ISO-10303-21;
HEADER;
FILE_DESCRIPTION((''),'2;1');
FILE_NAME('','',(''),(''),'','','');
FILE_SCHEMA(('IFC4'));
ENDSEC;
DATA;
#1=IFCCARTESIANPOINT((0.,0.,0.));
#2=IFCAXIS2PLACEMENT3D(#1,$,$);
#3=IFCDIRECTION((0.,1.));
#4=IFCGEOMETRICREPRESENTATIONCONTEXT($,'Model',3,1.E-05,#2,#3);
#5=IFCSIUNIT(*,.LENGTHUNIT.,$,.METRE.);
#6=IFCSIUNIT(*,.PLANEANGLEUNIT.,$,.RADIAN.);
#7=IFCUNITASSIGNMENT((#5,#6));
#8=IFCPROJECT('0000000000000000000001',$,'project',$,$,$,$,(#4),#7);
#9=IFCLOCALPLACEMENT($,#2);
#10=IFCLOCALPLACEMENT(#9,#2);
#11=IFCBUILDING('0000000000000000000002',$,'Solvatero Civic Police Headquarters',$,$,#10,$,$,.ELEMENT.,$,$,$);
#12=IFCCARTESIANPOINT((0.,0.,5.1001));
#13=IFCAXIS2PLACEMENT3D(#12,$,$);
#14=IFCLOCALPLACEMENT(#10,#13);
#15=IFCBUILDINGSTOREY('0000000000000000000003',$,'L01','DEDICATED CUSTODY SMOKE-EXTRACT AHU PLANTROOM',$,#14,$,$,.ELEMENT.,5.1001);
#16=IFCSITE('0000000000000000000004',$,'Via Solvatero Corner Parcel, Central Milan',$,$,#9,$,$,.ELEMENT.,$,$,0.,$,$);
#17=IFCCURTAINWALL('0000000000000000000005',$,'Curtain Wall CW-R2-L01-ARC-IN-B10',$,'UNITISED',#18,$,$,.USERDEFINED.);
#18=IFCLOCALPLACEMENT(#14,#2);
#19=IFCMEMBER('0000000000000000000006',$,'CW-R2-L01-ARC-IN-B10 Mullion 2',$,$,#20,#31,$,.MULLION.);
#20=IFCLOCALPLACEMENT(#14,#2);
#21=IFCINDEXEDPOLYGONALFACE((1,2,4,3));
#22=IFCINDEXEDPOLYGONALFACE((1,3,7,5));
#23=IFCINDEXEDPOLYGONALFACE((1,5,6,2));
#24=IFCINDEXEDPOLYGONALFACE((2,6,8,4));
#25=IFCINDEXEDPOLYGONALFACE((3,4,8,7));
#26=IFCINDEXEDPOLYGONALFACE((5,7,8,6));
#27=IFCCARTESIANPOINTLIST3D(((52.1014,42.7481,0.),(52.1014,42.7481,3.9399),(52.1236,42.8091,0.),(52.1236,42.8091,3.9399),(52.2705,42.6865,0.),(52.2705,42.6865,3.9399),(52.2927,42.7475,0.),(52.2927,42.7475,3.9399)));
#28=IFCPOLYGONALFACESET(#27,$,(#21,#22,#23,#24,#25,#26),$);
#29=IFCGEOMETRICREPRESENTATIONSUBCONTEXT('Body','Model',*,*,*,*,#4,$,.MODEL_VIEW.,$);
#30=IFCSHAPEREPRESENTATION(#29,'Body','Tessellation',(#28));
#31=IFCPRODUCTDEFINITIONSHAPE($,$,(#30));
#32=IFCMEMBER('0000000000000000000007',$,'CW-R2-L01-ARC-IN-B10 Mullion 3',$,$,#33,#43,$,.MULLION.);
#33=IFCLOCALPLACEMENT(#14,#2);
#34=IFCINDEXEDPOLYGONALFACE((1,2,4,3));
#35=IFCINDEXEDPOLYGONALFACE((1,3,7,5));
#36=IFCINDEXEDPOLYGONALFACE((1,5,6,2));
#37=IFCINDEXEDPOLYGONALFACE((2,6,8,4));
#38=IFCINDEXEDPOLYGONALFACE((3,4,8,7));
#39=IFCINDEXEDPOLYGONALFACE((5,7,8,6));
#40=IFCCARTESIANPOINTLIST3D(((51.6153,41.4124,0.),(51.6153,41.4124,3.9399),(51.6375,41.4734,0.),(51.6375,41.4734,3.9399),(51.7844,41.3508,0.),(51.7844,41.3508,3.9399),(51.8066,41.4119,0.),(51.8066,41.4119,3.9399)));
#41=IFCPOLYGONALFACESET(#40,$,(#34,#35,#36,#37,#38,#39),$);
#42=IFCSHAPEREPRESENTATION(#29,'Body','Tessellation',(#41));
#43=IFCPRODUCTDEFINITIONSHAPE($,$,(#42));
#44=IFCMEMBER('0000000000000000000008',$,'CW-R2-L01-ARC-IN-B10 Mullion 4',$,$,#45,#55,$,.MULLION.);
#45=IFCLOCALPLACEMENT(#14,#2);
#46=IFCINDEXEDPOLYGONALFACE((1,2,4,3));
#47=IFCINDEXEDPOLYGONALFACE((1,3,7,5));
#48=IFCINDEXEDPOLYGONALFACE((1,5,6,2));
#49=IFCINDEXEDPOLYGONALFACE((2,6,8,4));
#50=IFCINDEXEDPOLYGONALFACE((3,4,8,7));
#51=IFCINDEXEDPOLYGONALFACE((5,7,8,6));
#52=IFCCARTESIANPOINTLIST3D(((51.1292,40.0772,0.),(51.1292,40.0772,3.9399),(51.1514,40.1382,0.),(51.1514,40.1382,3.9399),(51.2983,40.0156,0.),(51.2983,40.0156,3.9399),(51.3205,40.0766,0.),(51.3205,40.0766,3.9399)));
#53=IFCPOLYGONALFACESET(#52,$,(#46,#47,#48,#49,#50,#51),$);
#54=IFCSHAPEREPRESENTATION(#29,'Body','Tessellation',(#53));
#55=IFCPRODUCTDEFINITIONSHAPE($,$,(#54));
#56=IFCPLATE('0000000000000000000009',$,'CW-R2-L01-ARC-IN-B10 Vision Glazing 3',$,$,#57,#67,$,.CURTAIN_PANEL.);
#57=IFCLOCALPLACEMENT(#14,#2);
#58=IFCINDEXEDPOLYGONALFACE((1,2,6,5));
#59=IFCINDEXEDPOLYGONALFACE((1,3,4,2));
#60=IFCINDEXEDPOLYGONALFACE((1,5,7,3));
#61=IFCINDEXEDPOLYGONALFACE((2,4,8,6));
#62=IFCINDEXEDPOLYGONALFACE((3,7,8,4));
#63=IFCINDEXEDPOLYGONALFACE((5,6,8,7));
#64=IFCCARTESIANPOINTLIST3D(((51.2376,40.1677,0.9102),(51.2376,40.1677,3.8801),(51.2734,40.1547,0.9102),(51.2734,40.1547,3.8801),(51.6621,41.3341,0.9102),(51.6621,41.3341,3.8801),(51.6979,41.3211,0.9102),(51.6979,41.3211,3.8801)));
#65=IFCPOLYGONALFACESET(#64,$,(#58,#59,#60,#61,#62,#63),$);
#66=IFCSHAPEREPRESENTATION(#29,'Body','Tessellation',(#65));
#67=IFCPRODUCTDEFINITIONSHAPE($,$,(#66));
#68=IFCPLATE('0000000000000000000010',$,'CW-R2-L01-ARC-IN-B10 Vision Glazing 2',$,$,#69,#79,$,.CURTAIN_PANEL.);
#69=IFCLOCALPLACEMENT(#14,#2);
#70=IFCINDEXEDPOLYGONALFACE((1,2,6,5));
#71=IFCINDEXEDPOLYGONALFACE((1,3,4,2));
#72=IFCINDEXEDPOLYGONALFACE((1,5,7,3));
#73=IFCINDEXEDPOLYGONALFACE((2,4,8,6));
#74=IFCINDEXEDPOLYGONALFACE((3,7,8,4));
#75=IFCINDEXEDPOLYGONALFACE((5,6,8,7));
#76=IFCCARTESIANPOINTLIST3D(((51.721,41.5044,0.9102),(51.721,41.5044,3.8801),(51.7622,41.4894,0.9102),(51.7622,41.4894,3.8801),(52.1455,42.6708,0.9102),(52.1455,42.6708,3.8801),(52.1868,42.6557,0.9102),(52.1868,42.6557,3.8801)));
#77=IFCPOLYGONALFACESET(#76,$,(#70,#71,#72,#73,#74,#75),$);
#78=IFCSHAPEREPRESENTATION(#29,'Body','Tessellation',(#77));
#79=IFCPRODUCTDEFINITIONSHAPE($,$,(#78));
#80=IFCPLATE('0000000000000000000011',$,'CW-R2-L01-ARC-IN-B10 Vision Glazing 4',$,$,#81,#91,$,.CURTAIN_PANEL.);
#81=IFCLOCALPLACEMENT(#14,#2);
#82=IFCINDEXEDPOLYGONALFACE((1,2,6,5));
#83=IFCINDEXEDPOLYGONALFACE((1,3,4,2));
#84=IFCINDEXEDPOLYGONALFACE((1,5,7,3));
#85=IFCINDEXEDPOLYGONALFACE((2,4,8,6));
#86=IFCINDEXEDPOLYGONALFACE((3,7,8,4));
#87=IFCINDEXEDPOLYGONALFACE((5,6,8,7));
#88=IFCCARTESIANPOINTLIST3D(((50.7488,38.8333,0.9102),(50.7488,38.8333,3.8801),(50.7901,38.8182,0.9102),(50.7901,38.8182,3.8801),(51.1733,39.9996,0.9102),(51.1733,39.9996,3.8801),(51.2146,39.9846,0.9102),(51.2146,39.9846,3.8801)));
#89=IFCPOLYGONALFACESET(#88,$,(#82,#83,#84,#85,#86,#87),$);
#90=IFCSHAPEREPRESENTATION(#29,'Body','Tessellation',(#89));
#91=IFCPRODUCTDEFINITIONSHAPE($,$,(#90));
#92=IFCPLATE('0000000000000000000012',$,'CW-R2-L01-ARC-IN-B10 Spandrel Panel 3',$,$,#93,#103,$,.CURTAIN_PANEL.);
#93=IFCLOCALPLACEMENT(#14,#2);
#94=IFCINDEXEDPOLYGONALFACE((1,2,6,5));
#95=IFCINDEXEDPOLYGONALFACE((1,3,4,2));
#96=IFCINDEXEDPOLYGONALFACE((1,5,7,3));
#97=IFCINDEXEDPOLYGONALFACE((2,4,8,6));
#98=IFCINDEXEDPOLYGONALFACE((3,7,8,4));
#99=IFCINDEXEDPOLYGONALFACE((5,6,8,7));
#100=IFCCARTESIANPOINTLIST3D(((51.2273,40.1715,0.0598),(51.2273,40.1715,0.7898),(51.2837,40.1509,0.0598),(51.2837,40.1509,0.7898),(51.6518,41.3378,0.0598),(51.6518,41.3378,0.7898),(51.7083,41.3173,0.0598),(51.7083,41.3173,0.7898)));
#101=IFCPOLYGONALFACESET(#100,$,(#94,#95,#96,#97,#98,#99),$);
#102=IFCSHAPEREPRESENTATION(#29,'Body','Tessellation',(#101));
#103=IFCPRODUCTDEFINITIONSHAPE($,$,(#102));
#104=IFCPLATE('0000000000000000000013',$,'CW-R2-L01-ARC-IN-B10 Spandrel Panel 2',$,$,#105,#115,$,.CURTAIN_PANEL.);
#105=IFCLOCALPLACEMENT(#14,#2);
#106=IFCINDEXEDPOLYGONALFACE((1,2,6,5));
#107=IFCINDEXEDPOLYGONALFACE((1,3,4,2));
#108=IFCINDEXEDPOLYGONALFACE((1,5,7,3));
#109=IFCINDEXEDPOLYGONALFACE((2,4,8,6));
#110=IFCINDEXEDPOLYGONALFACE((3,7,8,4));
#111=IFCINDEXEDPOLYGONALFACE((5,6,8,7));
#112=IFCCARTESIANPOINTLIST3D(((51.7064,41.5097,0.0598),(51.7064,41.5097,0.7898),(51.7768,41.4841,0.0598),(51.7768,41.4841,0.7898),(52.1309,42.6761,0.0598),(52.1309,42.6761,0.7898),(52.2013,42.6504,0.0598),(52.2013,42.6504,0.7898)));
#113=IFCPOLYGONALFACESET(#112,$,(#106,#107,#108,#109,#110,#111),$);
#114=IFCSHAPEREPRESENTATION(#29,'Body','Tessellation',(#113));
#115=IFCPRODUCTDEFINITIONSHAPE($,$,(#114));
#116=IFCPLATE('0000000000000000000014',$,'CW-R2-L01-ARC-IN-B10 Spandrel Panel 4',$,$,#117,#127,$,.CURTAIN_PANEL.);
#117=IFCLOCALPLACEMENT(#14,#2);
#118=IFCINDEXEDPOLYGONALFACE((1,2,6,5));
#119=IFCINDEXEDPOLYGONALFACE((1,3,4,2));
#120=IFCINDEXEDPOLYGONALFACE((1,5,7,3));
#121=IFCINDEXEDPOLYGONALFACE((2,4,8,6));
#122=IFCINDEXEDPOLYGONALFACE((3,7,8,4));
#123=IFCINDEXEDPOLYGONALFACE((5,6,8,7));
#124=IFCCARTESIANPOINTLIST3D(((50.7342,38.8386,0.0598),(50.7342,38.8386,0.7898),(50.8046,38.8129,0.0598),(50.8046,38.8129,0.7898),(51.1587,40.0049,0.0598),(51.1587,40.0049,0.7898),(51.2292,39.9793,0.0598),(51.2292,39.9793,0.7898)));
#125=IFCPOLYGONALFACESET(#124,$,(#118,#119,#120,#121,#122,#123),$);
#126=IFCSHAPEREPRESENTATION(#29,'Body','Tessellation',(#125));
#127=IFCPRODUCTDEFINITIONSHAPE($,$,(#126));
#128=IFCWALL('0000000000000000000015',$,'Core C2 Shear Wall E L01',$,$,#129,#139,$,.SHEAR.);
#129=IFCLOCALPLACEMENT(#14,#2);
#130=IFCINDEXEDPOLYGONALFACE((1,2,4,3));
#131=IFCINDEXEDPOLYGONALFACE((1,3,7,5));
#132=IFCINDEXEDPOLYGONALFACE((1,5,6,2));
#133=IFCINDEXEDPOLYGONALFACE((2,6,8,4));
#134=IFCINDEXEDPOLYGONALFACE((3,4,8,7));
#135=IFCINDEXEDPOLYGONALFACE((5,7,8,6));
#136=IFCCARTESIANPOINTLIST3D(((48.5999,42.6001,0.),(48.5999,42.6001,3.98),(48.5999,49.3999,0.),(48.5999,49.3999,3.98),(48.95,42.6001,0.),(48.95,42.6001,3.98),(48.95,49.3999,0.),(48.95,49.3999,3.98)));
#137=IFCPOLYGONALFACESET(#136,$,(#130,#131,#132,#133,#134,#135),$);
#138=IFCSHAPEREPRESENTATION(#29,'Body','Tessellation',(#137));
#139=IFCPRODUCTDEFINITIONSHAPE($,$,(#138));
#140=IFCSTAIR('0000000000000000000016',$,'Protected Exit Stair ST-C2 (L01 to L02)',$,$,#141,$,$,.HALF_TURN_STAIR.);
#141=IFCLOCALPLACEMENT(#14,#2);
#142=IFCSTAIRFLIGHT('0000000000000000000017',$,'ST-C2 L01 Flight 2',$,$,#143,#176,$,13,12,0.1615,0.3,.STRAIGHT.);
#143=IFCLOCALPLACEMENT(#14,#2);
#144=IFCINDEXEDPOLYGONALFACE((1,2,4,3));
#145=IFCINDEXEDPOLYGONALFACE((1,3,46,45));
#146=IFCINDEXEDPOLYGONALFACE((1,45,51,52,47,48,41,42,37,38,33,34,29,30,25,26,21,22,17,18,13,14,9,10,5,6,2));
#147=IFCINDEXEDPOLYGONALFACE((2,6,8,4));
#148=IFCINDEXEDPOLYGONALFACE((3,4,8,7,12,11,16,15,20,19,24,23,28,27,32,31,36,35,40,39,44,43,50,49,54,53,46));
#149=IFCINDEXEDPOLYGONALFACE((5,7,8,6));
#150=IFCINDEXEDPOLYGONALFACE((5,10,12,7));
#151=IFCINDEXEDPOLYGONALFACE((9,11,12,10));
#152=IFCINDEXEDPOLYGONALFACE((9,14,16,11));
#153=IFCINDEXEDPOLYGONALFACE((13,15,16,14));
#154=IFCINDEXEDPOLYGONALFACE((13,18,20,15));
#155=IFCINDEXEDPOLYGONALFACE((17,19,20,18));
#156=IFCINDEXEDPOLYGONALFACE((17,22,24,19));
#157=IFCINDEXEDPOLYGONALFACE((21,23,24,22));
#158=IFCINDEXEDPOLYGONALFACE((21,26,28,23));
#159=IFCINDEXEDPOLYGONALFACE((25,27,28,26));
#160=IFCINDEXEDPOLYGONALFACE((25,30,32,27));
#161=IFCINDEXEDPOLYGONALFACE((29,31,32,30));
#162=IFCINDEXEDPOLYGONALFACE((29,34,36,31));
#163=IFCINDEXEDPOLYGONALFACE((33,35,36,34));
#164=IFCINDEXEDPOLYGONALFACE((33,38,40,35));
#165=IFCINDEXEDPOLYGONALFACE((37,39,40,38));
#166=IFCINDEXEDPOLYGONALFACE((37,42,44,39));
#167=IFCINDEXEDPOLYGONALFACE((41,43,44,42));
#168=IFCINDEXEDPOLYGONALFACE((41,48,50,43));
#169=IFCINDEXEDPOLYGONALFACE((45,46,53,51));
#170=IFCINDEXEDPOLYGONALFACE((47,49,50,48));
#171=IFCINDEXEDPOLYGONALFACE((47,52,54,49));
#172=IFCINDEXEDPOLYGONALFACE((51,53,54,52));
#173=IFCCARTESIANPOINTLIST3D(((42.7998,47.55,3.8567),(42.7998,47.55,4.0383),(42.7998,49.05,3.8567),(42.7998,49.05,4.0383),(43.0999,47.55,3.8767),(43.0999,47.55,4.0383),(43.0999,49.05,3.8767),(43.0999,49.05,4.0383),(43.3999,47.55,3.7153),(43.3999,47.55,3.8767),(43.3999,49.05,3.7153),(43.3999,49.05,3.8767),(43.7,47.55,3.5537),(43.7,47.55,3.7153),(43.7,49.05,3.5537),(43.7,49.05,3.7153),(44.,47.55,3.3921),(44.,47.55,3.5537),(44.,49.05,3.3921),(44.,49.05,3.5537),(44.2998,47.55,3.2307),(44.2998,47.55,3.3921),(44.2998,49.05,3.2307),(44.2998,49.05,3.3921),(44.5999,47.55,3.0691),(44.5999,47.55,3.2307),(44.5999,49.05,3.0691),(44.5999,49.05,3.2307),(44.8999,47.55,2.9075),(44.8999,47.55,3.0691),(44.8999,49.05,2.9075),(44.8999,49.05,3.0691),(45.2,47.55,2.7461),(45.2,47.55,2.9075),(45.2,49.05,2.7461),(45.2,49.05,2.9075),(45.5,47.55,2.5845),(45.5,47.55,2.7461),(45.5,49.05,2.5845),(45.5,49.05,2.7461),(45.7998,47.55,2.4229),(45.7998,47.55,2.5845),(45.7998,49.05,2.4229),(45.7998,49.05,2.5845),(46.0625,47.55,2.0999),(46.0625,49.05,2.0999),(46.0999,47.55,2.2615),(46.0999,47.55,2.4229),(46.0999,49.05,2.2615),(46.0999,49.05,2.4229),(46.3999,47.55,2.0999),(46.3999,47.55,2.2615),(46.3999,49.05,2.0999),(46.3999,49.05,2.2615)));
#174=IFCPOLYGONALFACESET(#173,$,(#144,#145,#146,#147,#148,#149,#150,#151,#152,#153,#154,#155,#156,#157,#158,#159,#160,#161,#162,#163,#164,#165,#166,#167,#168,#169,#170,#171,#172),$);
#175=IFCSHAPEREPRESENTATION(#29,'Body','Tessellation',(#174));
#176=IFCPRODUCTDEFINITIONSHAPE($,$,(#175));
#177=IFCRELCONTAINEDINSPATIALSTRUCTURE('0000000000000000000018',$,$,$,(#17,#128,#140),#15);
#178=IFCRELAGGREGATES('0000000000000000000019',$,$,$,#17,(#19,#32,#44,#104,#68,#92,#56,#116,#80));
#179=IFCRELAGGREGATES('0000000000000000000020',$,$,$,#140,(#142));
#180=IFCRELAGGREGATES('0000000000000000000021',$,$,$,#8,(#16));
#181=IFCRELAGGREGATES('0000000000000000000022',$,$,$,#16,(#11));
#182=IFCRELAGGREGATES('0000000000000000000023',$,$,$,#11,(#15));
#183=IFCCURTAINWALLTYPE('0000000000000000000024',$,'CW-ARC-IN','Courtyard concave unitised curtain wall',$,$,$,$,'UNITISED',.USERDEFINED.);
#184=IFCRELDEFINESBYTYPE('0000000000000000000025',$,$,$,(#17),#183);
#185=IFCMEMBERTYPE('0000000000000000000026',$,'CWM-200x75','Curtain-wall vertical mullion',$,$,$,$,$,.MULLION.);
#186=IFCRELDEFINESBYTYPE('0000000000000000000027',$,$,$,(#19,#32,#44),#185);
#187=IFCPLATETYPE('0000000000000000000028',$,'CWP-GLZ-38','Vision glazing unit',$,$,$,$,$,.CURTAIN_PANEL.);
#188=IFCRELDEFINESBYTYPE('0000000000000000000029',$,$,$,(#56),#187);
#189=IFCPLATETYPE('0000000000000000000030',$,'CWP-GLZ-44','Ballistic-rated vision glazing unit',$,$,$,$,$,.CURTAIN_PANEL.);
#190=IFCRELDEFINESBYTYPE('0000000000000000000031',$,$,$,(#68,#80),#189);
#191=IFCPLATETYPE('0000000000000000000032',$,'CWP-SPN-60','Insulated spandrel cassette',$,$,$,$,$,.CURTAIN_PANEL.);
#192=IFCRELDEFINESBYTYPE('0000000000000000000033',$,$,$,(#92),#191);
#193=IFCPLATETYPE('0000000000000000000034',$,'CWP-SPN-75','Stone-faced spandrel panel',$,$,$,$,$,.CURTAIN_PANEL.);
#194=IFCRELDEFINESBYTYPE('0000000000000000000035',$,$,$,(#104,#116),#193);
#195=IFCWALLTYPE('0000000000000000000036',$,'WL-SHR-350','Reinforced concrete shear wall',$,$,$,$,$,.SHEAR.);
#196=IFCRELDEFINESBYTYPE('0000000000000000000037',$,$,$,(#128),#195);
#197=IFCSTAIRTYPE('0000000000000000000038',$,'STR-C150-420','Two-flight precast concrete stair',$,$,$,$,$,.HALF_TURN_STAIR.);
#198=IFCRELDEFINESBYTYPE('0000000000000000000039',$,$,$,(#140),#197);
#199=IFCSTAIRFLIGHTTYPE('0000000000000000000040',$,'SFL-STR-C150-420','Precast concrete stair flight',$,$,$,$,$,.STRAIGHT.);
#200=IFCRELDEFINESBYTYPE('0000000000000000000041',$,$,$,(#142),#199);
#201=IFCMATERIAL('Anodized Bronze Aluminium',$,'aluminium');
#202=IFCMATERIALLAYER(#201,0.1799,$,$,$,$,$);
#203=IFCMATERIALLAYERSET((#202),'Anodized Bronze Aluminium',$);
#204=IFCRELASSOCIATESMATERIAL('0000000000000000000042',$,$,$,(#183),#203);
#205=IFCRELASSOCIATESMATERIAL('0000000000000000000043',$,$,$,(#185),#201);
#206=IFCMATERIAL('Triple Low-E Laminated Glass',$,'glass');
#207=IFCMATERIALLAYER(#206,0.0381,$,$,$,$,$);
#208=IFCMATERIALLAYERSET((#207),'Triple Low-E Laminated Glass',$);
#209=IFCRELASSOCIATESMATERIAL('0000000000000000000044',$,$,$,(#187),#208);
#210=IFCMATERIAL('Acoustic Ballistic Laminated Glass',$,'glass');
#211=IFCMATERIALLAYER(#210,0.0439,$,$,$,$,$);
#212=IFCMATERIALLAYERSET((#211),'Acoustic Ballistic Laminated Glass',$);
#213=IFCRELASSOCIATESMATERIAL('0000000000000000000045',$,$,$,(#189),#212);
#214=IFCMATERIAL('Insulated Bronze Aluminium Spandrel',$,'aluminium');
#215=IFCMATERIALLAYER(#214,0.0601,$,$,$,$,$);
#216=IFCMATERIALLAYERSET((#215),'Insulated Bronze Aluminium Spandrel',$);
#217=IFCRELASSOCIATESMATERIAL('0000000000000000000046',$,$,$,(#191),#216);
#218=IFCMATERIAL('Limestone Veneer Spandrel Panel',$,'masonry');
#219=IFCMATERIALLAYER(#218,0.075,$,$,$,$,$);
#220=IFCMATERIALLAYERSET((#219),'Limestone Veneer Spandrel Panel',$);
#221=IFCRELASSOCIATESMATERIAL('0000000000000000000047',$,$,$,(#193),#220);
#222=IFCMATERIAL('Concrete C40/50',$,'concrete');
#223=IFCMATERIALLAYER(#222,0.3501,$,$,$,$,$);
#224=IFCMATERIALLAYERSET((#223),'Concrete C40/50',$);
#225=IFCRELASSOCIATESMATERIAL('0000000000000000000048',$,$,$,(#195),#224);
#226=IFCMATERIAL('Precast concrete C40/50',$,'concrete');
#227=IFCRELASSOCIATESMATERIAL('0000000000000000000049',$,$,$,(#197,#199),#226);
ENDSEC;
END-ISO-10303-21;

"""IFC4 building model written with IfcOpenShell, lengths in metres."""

from ifc_helpers import new_model, si_unit, direction, frame, frame_2d, origin, origin_2d, place, context, subcontext, project, spatial, polyline, rectangle, outline, extrude, material, layer, layer_set, material_profile, profile_set, type_object, element, aggregate, save


model = new_model("IFC4")

# Units and contexts
model_context = context("Model", 3, precision=1e-05, world=origin(), true_north=direction((0.0, 1.0)))
body_context = subcontext(model_context, "Body", "Model", "MODEL_VIEW")
ifc_project = project(units=[si_unit("LENGTHUNIT", "METRE"), si_unit("PLANEANGLEUNIT", "RADIAN")], contexts=[model_context])

# Site, building, storey
site_placement = place(None, origin())
site = spatial("IfcSite", under=ifc_project, at=site_placement, Name="Via Solvatero Corner Parcel, Central Milan", CompositionType="ELEMENT", RefElevation=0.0)
building_placement = place(site_placement, origin())
building = spatial("IfcBuilding", under=site, at=building_placement, Name="Solvatero Civic Police Headquarters", CompositionType="ELEMENT")
storey_placement = place(building_placement, frame((0.0, 0.0, 5.1001)))
storey = spatial("IfcBuildingStorey", under=building, at=storey_placement, Name="L01", Description="DEDICATED CUSTODY SMOKE-EXTRACT AHU PLANTROOM", CompositionType="ELEMENT", Elevation=5.1001)

# Curtain wall, members, plates
ifc_material_1 = material(Name="Anodized Bronze Aluminium", Category="aluminium")
ifc_layer_1 = layer(ifc_material_1, 0.1799)
ifc_layer_set_1 = layer_set([ifc_layer_1], Name="Anodized Bronze Aluminium")
curtain_wall_type = type_object("IfcCurtainWallType", Name="CW-ARC-IN", Description="Courtyard concave unitised curtain wall", ElementType="UNITISED", PredefinedType="USERDEFINED", material=ifc_layer_set_1)
curtain_wall_placement = place(storey_placement, origin())
curtain_wall = element("IfcCurtainWall", 1, at=curtain_wall_placement, inside=storey, type_object=curtain_wall_type, Name="Curtain Wall CW-R2-L01-ARC-IN-B10", ObjectType="UNITISED", PredefinedType="USERDEFINED")
ifc_material_profile = material_profile(ifc_material_1, rectangle(XDim=0.0649, YDim=0.1799, at=origin_2d()), Name="ALU MULLION 65x180")
ifc_profile_set = profile_set([ifc_material_profile], Name="Anodized Bronze Aluminium")
member_type = type_object("IfcMemberType", Name="CWM-200x75", Description="Curtain-wall vertical mullion", PredefinedType="MULLION", material=ifc_profile_set)
member_1_placement = place(storey_placement, frame((52.197, 42.7478, 0.0), z_axis=(0.0, 0.0, 1.0), x_axis=(-0.34202, -0.939693, 0.0)))
member_1 = element("IfcMember", 2, at=member_1_placement, type_object=member_type, Name="CW-R2-L01-ARC-IN-B10 Mullion 2", PredefinedType="MULLION", context=body_context, shape_type="SweptSolid", body=[
    extrude(rectangle(XDim=0.0649, YDim=0.1799, at=origin_2d()), origin(), (0.0, 0.0, 1.0), 3.9399),
])
member_2_placement = place(storey_placement, frame((51.7109, 41.4121, 0.0), z_axis=(0.0, 0.0, 1.0), x_axis=(-0.34202, -0.939693, 0.0)))
member_2 = element("IfcMember", 3, at=member_2_placement, type_object=member_type, Name="CW-R2-L01-ARC-IN-B10 Mullion 3", PredefinedType="MULLION", context=body_context, shape_type="SweptSolid", body=[
    extrude(rectangle(XDim=0.0649, YDim=0.1799, at=origin_2d()), origin(), (0.0, 0.0, 1.0), 3.9399),
])
member_3_placement = place(storey_placement, frame((51.2249, 40.0769, 0.0), z_axis=(0.0, 0.0, 1.0), x_axis=(-0.34202, -0.939693, 0.0)))
member_3 = element("IfcMember", 4, at=member_3_placement, type_object=member_type, Name="CW-R2-L01-ARC-IN-B10 Mullion 4", PredefinedType="MULLION", context=body_context, shape_type="SweptSolid", body=[
    extrude(rectangle(XDim=0.0649, YDim=0.1799, at=origin_2d()), origin(), (0.0, 0.0, 1.0), 3.9399),
])
ifc_material_2 = material(Name="Triple Low-E Laminated Glass", Category="glass")
ifc_layer_2 = layer(ifc_material_2, 0.0381)
ifc_layer_set_2 = layer_set([ifc_layer_2], Name="Triple Low-E Laminated Glass")
plate_type_1 = type_object("IfcPlateType", Name="CWP-GLZ-38", Description="Vision glazing unit", PredefinedType="CURTAIN_PANEL", material=ifc_layer_set_2)
plate_1_placement = place(storey_placement, frame((51.4678, 40.7444, 0.9102), z_axis=(0.0, 0.0, 1.0), x_axis=(-0.34202, -0.939693, 0.0)))
plate_1 = element("IfcPlate", 5, at=plate_1_placement, type_object=plate_type_1, Name="CW-R2-L01-ARC-IN-B10 Vision Glazing 3", PredefinedType="CURTAIN_PANEL", context=body_context, shape_type="SweptSolid", body=[
    extrude(rectangle(XDim=1.2412, YDim=0.0381, at=origin_2d()), origin(), (0.0, 0.0, 1.0), 2.97),
])
ifc_material_3 = material(Name="Acoustic Ballistic Laminated Glass", Category="glass")
ifc_layer_3 = layer(ifc_material_3, 0.0439)
ifc_layer_set_3 = layer_set([ifc_layer_3], Name="Acoustic Ballistic Laminated Glass")
plate_type_2 = type_object("IfcPlateType", Name="CWP-GLZ-44", Description="Ballistic-rated vision glazing unit", PredefinedType="CURTAIN_PANEL", material=ifc_layer_set_3)
plate_2_placement = place(storey_placement, frame((51.9539, 42.0801, 0.9102), z_axis=(0.0, 0.0, 1.0), x_axis=(-0.34202, -0.939693, 0.0)))
plate_2 = element("IfcPlate", 6, at=plate_2_placement, type_object=plate_type_2, Name="CW-R2-L01-ARC-IN-B10 Vision Glazing 2", PredefinedType="CURTAIN_PANEL", context=body_context, shape_type="SweptSolid", body=[
    extrude(rectangle(XDim=1.2412, YDim=0.0439, at=origin_2d()), origin(), (0.0, 0.0, 1.0), 2.97),
])
plate_3_placement = place(storey_placement, frame((50.9817, 39.4089, 0.9102), z_axis=(0.0, 0.0, 1.0), x_axis=(-0.34202, -0.939693, 0.0)))
plate_3 = element("IfcPlate", 7, at=plate_3_placement, type_object=plate_type_2, Name="CW-R2-L01-ARC-IN-B10 Vision Glazing 4", PredefinedType="CURTAIN_PANEL", context=body_context, shape_type="SweptSolid", body=[
    extrude(rectangle(XDim=1.2412, YDim=0.0439, at=origin_2d()), origin(), (0.0, 0.0, 1.0), 2.97),
])
ifc_material_4 = material(Name="Insulated Bronze Aluminium Spandrel", Category="aluminium")
ifc_layer_4 = layer(ifc_material_4, 0.0601)
ifc_layer_set_4 = layer_set([ifc_layer_4], Name="Insulated Bronze Aluminium Spandrel")
plate_type_3 = type_object("IfcPlateType", Name="CWP-SPN-60", Description="Insulated spandrel cassette", PredefinedType="CURTAIN_PANEL", material=ifc_layer_set_4)
plate_4_placement = place(storey_placement, frame((51.4678, 40.7444, 0.0598), z_axis=(0.0, 0.0, 1.0), x_axis=(-0.34202, -0.939693, 0.0)))
plate_4 = element("IfcPlate", 8, at=plate_4_placement, type_object=plate_type_3, Name="CW-R2-L01-ARC-IN-B10 Spandrel Panel 3", PredefinedType="CURTAIN_PANEL", context=body_context, shape_type="SweptSolid", body=[
    extrude(rectangle(XDim=1.2412, YDim=0.0601, at=origin_2d()), origin(), (0.0, 0.0, 1.0), 0.73),
])
ifc_material_5 = material(Name="Limestone Veneer Spandrel Panel", Category="masonry")
ifc_layer_5 = layer(ifc_material_5, 0.075)
ifc_layer_set_5 = layer_set([ifc_layer_5], Name="Limestone Veneer Spandrel Panel")
plate_type_4 = type_object("IfcPlateType", Name="CWP-SPN-75", Description="Stone-faced spandrel panel", PredefinedType="CURTAIN_PANEL", material=ifc_layer_set_5)
plate_5_placement = place(storey_placement, frame((51.9539, 42.0801, 0.0598), z_axis=(0.0, 0.0, 1.0), x_axis=(-0.34202, -0.939693, 0.0)))
plate_5 = element("IfcPlate", 9, at=plate_5_placement, type_object=plate_type_4, Name="CW-R2-L01-ARC-IN-B10 Spandrel Panel 2", PredefinedType="CURTAIN_PANEL", context=body_context, shape_type="SweptSolid", body=[
    extrude(rectangle(XDim=1.2412, YDim=0.075, at=origin_2d()), origin(), (0.0, 0.0, 1.0), 0.73),
])
plate_6_placement = place(storey_placement, frame((50.9817, 39.4089, 0.0598), z_axis=(0.0, 0.0, 1.0), x_axis=(-0.34202, -0.939693, 0.0)))
plate_6 = element("IfcPlate", 10, at=plate_6_placement, type_object=plate_type_4, Name="CW-R2-L01-ARC-IN-B10 Spandrel Panel 4", PredefinedType="CURTAIN_PANEL", context=body_context, shape_type="SweptSolid", body=[
    extrude(rectangle(XDim=1.2412, YDim=0.075, at=origin_2d()), origin(), (0.0, 0.0, 1.0), 0.73),
])
aggregate(curtain_wall, [member_1, member_2, member_3, plate_5, plate_2, plate_4, plate_1, plate_6, plate_3])

# Wall
ifc_material_6 = material(Name="Concrete C40/50", Category="concrete")
ifc_layer_6 = layer(ifc_material_6, 0.3501)
ifc_layer_set_6 = layer_set([ifc_layer_6], Name="Concrete C40/50")
wall_type = type_object("IfcWallType", Name="WL-SHR-350", Description="Reinforced concrete shear wall", PredefinedType="SHEAR", material=ifc_layer_set_6)
wall_placement = place(storey_placement, frame((48.7749, 42.6001, 0.0), z_axis=(0.0, 0.0, 1.0), x_axis=(0.0, 1.0, 0.0)))
element("IfcWall", 11, at=wall_placement, inside=storey, type_object=wall_type, Name="Core C2 Shear Wall E L01", PredefinedType="SHEAR", context=body_context, shape_type="SweptSolid", body=[
    extrude(rectangle(XDim=6.7998, YDim=0.3501, at=frame_2d((3.3999, 0.0))), origin(), (0.0, 0.0, 1.0), 3.98),
])

# Stair, stair flight
ifc_material_7 = material(Name="Precast concrete C40/50", Category="concrete")
stair_type = type_object("IfcStairType", Name="STR-C150-420", Description="Two-flight precast concrete stair", PredefinedType="HALF_TURN_STAIR", material=ifc_material_7)
stair_placement = place(storey_placement, origin())
stair = element("IfcStair", 12, at=stair_placement, inside=storey, type_object=stair_type, Name="Protected Exit Stair ST-C2 (L01 to L02)", PredefinedType="HALF_TURN_STAIR")
stair_flight_type = type_object("IfcStairFlightType", Name="SFL-STR-C150-420", Description="Precast concrete stair flight", PredefinedType="STRAIGHT", material=ifc_material_7)
stair_flight_placement = place(storey_placement, frame((46.3999, 48.3, 2.0999), z_axis=(0.0, 0.0, 1.0), x_axis=(-1.0, 0.0, 0.0)))
stair_flight = element("IfcStairFlight", 13, at=stair_flight_placement, type_object=stair_flight_type, Name="ST-C2 L01 Flight 2", NumberOfRisers=13, NumberOfTreads=12, PredefinedType="STRAIGHT", RiserHeight=0.1615, TreadLength=0.3, context=body_context, shape_type="SweptSolid", body=[
    extrude(outline(polyline([(0.0, 0.0), (0.0, 0.1616), (0.3, 0.1616), (0.3, 0.323), (0.6001, 0.323), (0.6001, 0.4846), (0.8999, 0.4846), (0.8999, 0.6462), (1.2, 0.6462), (1.2, 0.8076), (1.5, 0.8076), (1.5, 0.9692), (1.8, 0.9692), (1.8, 1.1309), (2.1001, 1.1309), (2.1001, 1.2922), (2.3999, 1.2922), (2.3999, 1.4539), (2.7, 1.4539), (2.7, 1.6155), (3.0, 1.6155), (3.0, 1.7769), (3.3, 1.7769), (3.3, 1.9385), (3.6001, 1.9385), (3.6001, 2.1001), (3.6001, 1.7568), (0.3374, 0.0), (0.0, 0.0)])), frame((0.0, 0.75, 0.0), z_axis=(0.0, -1.0, 0.0), x_axis=(1.0, 0.0, 0.0)), (0.0, 0.0, 1.0), 1.5),
])
aggregate(stair, [stair_flight])

save(model, "model.ifc")
